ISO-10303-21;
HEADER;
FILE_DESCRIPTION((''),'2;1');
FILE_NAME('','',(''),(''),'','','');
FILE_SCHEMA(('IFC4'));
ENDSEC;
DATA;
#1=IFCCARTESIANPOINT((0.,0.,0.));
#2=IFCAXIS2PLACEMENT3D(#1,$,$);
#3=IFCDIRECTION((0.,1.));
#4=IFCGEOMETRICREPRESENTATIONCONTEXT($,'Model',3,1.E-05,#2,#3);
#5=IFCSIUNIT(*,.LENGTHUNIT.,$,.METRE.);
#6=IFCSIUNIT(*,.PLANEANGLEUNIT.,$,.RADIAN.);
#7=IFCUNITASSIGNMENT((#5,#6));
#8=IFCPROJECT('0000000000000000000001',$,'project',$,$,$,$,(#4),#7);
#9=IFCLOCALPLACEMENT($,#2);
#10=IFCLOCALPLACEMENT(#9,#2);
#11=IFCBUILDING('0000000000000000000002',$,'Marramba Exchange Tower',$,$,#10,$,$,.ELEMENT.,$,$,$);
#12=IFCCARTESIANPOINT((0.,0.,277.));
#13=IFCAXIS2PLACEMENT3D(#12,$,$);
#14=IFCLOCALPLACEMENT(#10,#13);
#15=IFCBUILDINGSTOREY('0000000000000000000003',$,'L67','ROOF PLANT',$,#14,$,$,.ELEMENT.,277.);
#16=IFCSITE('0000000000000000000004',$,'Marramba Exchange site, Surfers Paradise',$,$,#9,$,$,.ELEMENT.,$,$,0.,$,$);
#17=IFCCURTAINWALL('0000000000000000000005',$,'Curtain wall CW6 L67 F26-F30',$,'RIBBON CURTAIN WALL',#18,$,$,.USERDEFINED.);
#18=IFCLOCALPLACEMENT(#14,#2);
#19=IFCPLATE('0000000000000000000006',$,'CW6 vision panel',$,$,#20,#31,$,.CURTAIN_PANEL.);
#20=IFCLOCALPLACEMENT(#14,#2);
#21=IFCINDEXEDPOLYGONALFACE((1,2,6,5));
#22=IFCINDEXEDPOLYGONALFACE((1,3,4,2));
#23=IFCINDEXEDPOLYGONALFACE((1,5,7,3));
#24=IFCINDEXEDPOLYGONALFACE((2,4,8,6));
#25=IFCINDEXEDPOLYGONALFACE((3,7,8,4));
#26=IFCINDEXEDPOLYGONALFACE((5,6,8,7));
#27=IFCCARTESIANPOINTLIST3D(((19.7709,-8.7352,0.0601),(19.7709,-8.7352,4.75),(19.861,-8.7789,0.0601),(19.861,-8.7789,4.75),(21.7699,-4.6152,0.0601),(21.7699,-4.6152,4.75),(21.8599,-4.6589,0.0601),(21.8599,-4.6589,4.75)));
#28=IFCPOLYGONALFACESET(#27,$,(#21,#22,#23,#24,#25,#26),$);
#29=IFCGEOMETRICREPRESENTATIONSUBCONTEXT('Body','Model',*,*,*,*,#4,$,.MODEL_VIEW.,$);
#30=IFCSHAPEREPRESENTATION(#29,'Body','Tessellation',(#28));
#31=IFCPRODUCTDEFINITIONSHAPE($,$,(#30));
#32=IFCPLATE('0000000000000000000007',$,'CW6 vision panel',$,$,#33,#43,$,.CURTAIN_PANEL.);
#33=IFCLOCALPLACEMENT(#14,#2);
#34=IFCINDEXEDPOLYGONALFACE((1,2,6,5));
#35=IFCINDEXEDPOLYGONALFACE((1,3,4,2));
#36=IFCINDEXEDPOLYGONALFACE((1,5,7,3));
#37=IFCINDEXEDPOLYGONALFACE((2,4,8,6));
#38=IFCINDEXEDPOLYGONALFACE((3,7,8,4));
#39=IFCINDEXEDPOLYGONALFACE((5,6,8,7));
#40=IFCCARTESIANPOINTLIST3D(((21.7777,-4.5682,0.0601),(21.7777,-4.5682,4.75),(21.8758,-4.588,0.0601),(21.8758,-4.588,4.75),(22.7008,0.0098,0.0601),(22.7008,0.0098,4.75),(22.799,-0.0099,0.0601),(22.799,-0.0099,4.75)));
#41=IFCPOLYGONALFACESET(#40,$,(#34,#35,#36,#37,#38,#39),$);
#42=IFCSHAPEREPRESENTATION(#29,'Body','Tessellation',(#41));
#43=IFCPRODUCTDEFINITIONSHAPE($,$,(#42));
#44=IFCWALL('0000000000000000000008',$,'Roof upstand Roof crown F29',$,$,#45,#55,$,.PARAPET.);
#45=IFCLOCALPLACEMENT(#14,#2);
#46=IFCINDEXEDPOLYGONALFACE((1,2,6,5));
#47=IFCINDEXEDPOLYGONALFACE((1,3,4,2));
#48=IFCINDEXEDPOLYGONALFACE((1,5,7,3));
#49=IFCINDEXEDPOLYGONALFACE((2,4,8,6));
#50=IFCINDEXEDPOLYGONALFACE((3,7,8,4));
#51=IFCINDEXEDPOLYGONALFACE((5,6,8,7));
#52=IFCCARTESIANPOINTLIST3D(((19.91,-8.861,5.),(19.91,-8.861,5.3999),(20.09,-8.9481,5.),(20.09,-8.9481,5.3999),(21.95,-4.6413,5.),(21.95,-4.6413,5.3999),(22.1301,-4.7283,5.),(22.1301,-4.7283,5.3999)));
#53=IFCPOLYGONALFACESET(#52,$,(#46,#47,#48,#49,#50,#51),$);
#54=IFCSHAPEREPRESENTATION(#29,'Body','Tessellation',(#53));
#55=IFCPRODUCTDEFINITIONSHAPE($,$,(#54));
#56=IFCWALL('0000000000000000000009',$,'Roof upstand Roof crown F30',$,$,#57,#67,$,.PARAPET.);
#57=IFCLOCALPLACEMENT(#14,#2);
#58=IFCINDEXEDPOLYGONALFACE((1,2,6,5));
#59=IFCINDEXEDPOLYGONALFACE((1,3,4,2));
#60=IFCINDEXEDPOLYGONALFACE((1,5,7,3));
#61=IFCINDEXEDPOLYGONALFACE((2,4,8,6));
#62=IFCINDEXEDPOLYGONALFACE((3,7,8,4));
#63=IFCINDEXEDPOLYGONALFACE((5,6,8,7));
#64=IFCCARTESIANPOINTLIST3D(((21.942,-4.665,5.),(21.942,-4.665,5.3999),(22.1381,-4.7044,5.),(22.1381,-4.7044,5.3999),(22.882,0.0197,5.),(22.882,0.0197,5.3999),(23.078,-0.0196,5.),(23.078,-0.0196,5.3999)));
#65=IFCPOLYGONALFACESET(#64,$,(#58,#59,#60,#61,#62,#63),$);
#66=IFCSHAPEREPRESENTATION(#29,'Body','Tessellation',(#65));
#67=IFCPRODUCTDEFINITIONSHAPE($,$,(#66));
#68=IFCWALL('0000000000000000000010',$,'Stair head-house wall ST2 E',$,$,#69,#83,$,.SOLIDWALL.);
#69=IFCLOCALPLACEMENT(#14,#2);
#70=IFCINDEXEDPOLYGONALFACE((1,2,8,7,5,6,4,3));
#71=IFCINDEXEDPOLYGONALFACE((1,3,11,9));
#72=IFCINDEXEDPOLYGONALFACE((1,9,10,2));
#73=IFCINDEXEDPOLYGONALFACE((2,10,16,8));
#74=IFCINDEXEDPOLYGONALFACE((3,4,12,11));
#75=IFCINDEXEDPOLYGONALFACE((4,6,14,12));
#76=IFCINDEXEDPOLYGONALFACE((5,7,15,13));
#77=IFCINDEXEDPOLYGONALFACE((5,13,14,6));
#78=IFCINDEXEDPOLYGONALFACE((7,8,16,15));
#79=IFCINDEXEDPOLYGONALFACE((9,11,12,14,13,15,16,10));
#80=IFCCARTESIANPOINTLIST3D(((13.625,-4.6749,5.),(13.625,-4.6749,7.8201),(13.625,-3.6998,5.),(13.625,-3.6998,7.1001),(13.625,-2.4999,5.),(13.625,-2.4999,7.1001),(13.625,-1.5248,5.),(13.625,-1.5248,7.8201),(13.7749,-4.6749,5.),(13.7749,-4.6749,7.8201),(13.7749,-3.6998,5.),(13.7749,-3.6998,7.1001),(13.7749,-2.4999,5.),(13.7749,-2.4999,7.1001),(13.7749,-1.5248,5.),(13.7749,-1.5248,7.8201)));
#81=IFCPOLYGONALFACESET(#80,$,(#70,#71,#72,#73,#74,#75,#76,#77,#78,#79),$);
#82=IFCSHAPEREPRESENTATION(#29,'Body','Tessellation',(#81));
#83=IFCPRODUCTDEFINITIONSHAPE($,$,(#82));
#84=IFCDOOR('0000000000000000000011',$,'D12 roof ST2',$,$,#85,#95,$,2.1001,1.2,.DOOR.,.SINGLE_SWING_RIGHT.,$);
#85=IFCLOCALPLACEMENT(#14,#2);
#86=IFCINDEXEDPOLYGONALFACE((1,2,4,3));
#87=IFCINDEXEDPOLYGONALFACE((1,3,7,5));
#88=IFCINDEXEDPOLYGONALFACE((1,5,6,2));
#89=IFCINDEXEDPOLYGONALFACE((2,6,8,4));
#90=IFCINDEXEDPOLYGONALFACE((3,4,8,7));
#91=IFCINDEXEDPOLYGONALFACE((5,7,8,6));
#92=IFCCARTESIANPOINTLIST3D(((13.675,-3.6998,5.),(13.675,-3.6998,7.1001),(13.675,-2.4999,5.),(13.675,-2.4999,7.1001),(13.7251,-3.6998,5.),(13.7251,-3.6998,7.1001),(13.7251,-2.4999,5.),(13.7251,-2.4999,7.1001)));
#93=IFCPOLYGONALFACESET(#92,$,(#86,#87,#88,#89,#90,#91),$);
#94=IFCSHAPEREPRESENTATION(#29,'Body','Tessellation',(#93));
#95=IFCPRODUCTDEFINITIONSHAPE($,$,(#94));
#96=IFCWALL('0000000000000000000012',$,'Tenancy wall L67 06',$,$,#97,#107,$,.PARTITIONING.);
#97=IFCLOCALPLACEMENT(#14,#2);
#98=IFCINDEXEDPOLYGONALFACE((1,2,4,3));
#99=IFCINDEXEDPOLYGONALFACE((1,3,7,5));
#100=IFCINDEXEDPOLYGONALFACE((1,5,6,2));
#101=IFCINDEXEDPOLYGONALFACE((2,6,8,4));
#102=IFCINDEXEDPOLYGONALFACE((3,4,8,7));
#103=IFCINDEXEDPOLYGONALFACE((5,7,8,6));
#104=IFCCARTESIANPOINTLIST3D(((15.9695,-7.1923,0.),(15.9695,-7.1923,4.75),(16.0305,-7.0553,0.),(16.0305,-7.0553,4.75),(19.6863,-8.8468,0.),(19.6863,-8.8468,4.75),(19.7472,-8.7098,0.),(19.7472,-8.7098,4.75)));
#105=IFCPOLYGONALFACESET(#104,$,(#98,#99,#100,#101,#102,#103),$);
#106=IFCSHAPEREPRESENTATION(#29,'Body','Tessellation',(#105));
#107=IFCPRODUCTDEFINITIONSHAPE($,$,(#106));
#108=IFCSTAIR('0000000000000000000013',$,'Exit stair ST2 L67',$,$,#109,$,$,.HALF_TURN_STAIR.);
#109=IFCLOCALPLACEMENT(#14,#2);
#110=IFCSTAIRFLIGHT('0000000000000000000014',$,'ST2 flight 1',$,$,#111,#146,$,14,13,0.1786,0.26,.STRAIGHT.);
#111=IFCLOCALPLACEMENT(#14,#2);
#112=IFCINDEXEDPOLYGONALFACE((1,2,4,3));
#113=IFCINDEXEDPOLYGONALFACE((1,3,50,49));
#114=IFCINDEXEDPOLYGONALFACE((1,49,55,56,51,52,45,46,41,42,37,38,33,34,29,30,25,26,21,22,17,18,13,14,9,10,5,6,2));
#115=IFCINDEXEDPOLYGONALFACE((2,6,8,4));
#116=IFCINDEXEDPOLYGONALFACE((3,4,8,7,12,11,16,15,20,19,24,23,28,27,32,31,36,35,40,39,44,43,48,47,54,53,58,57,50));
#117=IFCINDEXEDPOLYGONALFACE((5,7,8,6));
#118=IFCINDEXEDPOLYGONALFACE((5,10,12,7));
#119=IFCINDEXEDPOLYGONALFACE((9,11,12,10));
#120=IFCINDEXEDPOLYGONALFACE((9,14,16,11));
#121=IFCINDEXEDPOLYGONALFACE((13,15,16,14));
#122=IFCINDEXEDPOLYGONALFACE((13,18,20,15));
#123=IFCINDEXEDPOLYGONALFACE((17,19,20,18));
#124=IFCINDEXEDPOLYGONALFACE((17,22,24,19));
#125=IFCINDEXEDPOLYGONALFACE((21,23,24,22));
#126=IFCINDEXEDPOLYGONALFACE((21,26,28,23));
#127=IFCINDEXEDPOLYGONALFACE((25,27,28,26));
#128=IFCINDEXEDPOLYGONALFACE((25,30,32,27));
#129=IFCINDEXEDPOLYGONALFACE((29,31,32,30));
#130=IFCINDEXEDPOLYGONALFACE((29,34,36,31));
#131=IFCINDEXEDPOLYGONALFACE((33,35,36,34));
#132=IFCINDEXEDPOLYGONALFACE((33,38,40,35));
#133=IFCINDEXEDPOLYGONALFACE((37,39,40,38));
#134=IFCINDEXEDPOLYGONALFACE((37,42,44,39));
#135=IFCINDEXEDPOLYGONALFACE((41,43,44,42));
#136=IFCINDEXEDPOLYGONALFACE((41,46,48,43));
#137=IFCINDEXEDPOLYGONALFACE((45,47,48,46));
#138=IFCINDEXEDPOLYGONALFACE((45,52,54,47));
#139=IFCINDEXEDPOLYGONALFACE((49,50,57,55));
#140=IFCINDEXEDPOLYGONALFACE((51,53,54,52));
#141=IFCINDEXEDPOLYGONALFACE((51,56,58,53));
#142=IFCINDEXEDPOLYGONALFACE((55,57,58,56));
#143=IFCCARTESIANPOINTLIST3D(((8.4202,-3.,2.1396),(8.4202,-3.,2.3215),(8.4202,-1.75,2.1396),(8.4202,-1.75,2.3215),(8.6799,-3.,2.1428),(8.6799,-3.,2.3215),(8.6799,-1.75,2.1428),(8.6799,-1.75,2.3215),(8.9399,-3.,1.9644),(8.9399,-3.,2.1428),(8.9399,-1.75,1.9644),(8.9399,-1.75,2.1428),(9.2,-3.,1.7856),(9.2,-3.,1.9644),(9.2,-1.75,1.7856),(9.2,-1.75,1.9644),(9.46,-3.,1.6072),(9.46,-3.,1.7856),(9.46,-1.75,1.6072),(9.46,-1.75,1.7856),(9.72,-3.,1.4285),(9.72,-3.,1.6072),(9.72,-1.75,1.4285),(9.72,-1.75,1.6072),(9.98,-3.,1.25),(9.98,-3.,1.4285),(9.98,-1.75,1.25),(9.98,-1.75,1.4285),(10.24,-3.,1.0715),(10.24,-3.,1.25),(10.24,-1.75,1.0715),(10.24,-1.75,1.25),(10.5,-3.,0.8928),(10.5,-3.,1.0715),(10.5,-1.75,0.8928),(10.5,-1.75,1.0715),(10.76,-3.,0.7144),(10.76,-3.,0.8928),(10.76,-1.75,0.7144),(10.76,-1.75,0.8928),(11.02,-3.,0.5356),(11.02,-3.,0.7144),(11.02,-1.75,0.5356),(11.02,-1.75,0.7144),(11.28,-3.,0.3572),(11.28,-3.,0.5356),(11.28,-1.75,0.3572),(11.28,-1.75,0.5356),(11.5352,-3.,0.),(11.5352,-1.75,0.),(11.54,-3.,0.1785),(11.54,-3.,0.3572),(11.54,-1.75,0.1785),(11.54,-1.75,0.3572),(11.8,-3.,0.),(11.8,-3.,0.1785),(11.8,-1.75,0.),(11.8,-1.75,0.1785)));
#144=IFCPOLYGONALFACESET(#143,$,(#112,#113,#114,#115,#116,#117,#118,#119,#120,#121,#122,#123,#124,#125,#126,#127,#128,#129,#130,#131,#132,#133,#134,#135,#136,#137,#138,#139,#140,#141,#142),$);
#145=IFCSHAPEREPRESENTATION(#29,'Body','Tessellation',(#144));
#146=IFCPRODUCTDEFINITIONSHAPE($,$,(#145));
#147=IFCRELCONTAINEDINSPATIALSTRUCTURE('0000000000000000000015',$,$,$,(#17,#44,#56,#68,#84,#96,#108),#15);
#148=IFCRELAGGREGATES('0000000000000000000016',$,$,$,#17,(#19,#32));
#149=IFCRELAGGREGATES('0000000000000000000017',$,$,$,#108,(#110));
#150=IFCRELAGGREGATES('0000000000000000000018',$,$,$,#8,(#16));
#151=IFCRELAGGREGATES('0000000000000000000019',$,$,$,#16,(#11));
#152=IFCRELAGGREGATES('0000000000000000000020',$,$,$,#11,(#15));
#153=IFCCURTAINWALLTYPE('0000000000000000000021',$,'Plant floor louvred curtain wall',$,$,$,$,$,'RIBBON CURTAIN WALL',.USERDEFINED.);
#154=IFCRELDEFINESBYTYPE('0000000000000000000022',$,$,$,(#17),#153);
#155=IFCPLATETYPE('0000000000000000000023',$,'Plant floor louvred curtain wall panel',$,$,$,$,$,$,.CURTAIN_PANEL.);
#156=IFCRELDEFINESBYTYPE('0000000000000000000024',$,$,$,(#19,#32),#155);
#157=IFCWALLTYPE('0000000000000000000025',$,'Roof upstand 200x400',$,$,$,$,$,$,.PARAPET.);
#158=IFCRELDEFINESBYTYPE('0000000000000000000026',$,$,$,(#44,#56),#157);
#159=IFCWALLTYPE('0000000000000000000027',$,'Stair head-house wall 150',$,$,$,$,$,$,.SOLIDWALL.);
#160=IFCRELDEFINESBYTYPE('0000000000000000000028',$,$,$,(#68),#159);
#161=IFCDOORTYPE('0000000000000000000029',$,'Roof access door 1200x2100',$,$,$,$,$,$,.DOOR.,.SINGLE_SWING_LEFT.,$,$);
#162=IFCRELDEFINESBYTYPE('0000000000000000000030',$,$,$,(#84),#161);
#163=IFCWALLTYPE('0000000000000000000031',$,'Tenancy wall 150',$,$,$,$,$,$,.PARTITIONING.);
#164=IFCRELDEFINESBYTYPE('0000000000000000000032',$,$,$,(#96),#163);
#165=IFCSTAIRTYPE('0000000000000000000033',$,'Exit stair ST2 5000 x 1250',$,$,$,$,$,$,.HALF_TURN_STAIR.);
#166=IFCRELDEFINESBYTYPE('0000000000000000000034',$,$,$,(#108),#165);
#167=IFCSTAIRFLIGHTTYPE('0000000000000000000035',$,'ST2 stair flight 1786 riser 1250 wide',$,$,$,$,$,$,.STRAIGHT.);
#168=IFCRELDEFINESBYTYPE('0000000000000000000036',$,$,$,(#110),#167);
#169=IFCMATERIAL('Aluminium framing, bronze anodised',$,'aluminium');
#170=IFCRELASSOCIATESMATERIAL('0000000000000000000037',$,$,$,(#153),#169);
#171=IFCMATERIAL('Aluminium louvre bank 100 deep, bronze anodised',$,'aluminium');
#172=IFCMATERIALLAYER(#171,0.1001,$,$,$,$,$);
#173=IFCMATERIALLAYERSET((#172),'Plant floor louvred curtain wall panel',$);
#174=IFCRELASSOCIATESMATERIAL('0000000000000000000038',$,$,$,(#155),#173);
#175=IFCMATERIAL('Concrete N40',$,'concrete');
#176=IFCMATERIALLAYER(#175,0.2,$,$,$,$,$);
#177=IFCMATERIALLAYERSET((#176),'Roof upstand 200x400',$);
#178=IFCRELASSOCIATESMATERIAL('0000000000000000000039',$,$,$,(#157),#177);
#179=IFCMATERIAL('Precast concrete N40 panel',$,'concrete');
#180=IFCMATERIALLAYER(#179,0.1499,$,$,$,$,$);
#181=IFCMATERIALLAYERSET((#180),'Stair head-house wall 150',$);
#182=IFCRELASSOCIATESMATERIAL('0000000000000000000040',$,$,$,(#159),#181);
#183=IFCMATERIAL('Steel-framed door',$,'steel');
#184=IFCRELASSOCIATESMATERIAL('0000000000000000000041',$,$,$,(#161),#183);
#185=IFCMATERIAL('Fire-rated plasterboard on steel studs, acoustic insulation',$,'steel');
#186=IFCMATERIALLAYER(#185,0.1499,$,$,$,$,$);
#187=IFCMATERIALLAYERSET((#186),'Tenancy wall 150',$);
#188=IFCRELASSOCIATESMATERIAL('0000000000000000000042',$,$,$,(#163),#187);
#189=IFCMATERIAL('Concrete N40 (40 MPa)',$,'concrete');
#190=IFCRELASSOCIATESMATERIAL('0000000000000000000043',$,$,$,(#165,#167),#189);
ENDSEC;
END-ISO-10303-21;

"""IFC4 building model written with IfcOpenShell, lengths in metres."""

from ifc_helpers import new_model, si_unit, direction, frame, frame_2d, origin, origin_2d, place, context, subcontext, project, spatial, polyline, rectangle, outline, extrude, material, layer, layer_set, type_object, element, fill, aggregate, save


model = new_model("IFC4")

# Units and contexts
model_context = context("Model", 3, precision=1e-05, world=origin(), true_north=direction((0.0, 1.0)))
body_context = subcontext(model_context, "Body", "Model", "MODEL_VIEW")
ifc_project = project(units=[si_unit("LENGTHUNIT", "METRE"), si_unit("PLANEANGLEUNIT", "RADIAN")], contexts=[model_context])

# Site, building, storey
site_placement = place(None, origin())
site = spatial("IfcSite", under=ifc_project, at=site_placement, Name="Marramba Exchange site, Surfers Paradise", CompositionType="ELEMENT", RefElevation=0.0)
building_placement = place(site_placement, origin())
building = spatial("IfcBuilding", under=site, at=building_placement, Name="Marramba Exchange Tower", CompositionType="ELEMENT")
storey_placement = place(building_placement, frame((0.0, 0.0, 277.0)))
storey = spatial("IfcBuildingStorey", under=building, at=storey_placement, Name="L67", Description="ROOF PLANT", CompositionType="ELEMENT", Elevation=277.0)

# Curtain wall
ifc_material_1 = material(Name="Aluminium framing, bronze anodised", Category="aluminium")
curtain_wall_type = type_object("IfcCurtainWallType", Name="Plant floor louvred curtain wall", ElementType="RIBBON CURTAIN WALL", PredefinedType="USERDEFINED", material=ifc_material_1)
curtain_wall_placement = place(storey_placement, origin())
curtain_wall = element("IfcCurtainWall", 1, at=curtain_wall_placement, inside=storey, type_object=curtain_wall_type, Name="Curtain wall CW6 L67 F26-F30", ObjectType="RIBBON CURTAIN WALL", PredefinedType="USERDEFINED")

# Plates
ifc_material_2 = material(Name="Aluminium louvre bank 100 deep, bronze anodised", Category="aluminium")
ifc_layer_1 = layer(ifc_material_2, 0.1001)
ifc_layer_set_1 = layer_set([ifc_layer_1], Name="Plant floor louvred curtain wall panel")
plate_type = type_object("IfcPlateType", Name="Plant floor louvred curtain wall panel", PredefinedType="CURTAIN_PANEL", material=ifc_layer_set_1)
plate_1_placement = place(storey_placement, frame((20.8154, -6.697, 0.0601), z_axis=(0.0, 0.0, 1.0), x_axis=(0.436515, 0.899697, 0.0)))
plate_1 = element("IfcPlate", 2, at=plate_1_placement, type_object=plate_type, Name="CW6 vision panel", PredefinedType="CURTAIN_PANEL", context=body_context, shape_type="SweptSolid", body=[
    extrude(rectangle(XDim=4.5793, YDim=0.1001, at=origin_2d()), origin(), (0.0, 0.0, 1.0), 4.6899),
])
plate_2_placement = place(storey_placement, frame((22.2883, -2.2891, 0.0601), z_axis=(0.0, 0.0, 1.0), x_axis=(0.197671, 0.980269, 0.0)))
plate_2 = element("IfcPlate", 3, at=plate_2_placement, type_object=plate_type, Name="CW6 vision panel", PredefinedType="CURTAIN_PANEL", context=body_context, shape_type="SweptSolid", body=[
    extrude(rectangle(XDim=4.6702, YDim=0.1001, at=origin_2d()), origin(), (0.0, 0.0, 1.0), 4.6899),
])
aggregate(curtain_wall, [plate_1, plate_2])

# Walls
ifc_material_3 = material(Name="Concrete N40", Category="concrete")
ifc_layer_2 = layer(ifc_material_3, 0.2)
ifc_layer_set_2 = layer_set([ifc_layer_2], Name="Roof upstand 200x400")
wall_type_1 = type_object("IfcWallType", Name="Roof upstand 200x400", PredefinedType="PARAPET", material=ifc_layer_set_2)
wall_1_placement = place(storey_placement, frame((20.0, -8.9045, 5.0), z_axis=(0.0, 0.0, 1.0), x_axis=(0.435256, 0.900307, 0.0)))
element("IfcWall", 4, at=wall_1_placement, inside=storey, type_object=wall_type_1, Name="Roof upstand Roof crown F29", PredefinedType="PARAPET", context=body_context, shape_type="SweptSolid", body=[
    extrude(rectangle(XDim=4.687, YDim=0.2, at=frame_2d((2.3435, 0.0))), origin(), (0.0, 0.0, 1.0), 0.3999),
])
wall_2_placement = place(storey_placement, frame((22.04, -4.6848, 5.0), z_axis=(0.0, 0.0, 1.0), x_axis=(0.196715, 0.980461, 0.0)))
element("IfcWall", 5, at=wall_2_placement, inside=storey, type_object=wall_type_1, Name="Roof upstand Roof crown F30", PredefinedType="PARAPET", context=body_context, shape_type="SweptSolid", body=[
    extrude(rectangle(XDim=4.7781, YDim=0.2, at=frame_2d((2.3892, 0.0))), origin(), (0.0, 0.0, 1.0), 0.3999),
])

# Wall, opening, door
ifc_material_4 = material(Name="Precast concrete N40 panel", Category="concrete")
ifc_layer_3 = layer(ifc_material_4, 0.1499)
ifc_layer_set_3 = layer_set([ifc_layer_3], Name="Stair head-house wall 150")
wall_type_2 = type_object("IfcWallType", Name="Stair head-house wall 150", PredefinedType="SOLIDWALL", material=ifc_layer_set_3)
wall_3_placement = place(storey_placement, frame((13.7, -4.675, 5.0), z_axis=(0.0, 0.0, 1.0), x_axis=(0.0, 1.0, 0.0)))
wall_3 = element("IfcWall", 6, at=wall_3_placement, inside=storey, type_object=wall_type_2, Name="Stair head-house wall ST2 E", PredefinedType="SOLIDWALL", context=body_context, shape_type="SweptSolid", body=[
    extrude(rectangle(XDim=3.1501, YDim=0.1499, at=frame_2d((1.5752, 0.0))), origin(), (0.0, 0.0, 1.0), 2.8201),
])
opening_placement = place(wall_3_placement, frame((0.9751, 0.0, 0.0)))
opening = element("IfcOpeningElement", 7, at=opening_placement, cuts=wall_3, PredefinedType="OPENING", context=body_context, shape_type="SweptSolid", body=[
    extrude(rectangle(XDim=1.2, YDim=2.1001, at=frame_2d((0.6001, 1.05))), frame((0.0, 0.085, 0.0), z_axis=(0.0, -1.0, 0.0), x_axis=(1.0, 0.0, 0.0)), (0.0, 0.0, 1.0), 0.1699),
])
ifc_material_5 = material(Name="Steel-framed door", Category="steel")
door_type = type_object("IfcDoorType", Name="Roof access door 1200x2100", OperationType="SINGLE_SWING_LEFT", PredefinedType="DOOR", material=ifc_material_5)
door_placement = place(opening_placement, frame((1.2, 0.0, 0.0), z_axis=(0.0, 0.0, 1.0), x_axis=(-1.0, 0.0, 0.0)))
door = element("IfcDoor", 8, at=door_placement, inside=storey, type_object=door_type, Name="D12 roof ST2", OperationType="SINGLE_SWING_RIGHT", OverallHeight=2.1001, OverallWidth=1.2, PredefinedType="DOOR", context=body_context, shape_type="SweptSolid", body=[
    extrude(rectangle(XDim=1.2, YDim=2.1001, at=frame_2d((0.5999, 1.05))), frame((0.0, 0.0251, 0.0), z_axis=(0.0, -1.0, 0.0), x_axis=(1.0, 0.0, 0.0)), (0.0, 0.0, 1.0), 0.05),
])
fill(opening, door)

# Wall
ifc_material_6 = material(Name="Fire-rated plasterboard on steel studs, acoustic insulation", Category="steel")
ifc_layer_4 = layer(ifc_material_6, 0.1499)
ifc_layer_set_4 = layer_set([ifc_layer_4], Name="Tenancy wall 150")
wall_type_3 = type_object("IfcWallType", Name="Tenancy wall 150", PredefinedType="PARTITIONING", material=ifc_layer_set_4)
wall_4_placement = place(storey_placement, frame((16.0, -7.1238, 0.0), z_axis=(0.0, 0.0, 1.0), x_axis=(0.913571, -0.406678, 0.0)))
element("IfcWall", 9, at=wall_4_placement, inside=storey, type_object=wall_type_3, Name="Tenancy wall L67 06", PredefinedType="PARTITIONING", context=body_context, shape_type="SweptSolid", body=[
    extrude(rectangle(XDim=4.0684, YDim=0.1499, at=frame_2d((2.0342, 0.0))), origin(), (0.0, 0.0, 1.0), 4.75),
])

# Stair, stair flight
ifc_material_7 = material(Name="Concrete N40 (40 MPa)", Category="concrete")
stair_type = type_object("IfcStairType", Name="Exit stair ST2 5000 x 1250", PredefinedType="HALF_TURN_STAIR", material=ifc_material_7)
stair_placement = place(storey_placement, origin())
stair = element("IfcStair", 10, at=stair_placement, inside=storey, type_object=stair_type, Name="Exit stair ST2 L67", PredefinedType="HALF_TURN_STAIR")
stair_flight_type = type_object("IfcStairFlightType", Name="ST2 stair flight 1786 riser 1250 wide", PredefinedType="STRAIGHT", material=ifc_material_7)
stair_flight_placement = place(storey_placement, frame((11.8, -2.375, 0.0), z_axis=(0.0, 0.0, 1.0), x_axis=(-1.0, 0.0, 0.0)))
stair_flight = element("IfcStairFlight", 11, at=stair_flight_placement, type_object=stair_flight_type, Name="ST2 flight 1", NumberOfRisers=14, NumberOfTreads=13, PredefinedType="STRAIGHT", RiserHeight=0.1786, TreadLength=0.26, context=body_context, shape_type="SweptSolid", body=[
    extrude(outline(polyline([(0.0, 0.0), (0.0, 0.1785), (0.26, 0.1785), (0.26, 0.3572), (0.52, 0.3572), (0.52, 0.5356), (0.78, 0.5356), (0.78, 0.7144), (1.04, 0.7144), (1.04, 0.8928), (1.3, 0.8928), (1.3, 1.0715), (1.5601, 1.0715), (1.5601, 1.25), (1.8201, 1.25), (1.8201, 1.4285), (2.0801, 1.4285), (2.0801, 1.6072), (2.3401, 1.6072), (2.3401, 1.7856), (2.6001, 1.7856), (2.6001, 1.9644), (2.8601, 1.9644), (2.8601, 2.1428), (3.1201, 2.1428), (3.1201, 2.3215), (3.3799, 2.3215), (3.3799, 2.5), (3.3799, 2.1396), (0.2649, 0.0), (0.0, 0.0)])), frame((0.0, 0.625, 0.0), z_axis=(0.0, -1.0, 0.0), x_axis=(1.0, 0.0, 0.0)), (0.0, 0.0, 1.0), 1.25),
])
aggregate(stair, [stair_flight])

save(model, "model.ifc")
